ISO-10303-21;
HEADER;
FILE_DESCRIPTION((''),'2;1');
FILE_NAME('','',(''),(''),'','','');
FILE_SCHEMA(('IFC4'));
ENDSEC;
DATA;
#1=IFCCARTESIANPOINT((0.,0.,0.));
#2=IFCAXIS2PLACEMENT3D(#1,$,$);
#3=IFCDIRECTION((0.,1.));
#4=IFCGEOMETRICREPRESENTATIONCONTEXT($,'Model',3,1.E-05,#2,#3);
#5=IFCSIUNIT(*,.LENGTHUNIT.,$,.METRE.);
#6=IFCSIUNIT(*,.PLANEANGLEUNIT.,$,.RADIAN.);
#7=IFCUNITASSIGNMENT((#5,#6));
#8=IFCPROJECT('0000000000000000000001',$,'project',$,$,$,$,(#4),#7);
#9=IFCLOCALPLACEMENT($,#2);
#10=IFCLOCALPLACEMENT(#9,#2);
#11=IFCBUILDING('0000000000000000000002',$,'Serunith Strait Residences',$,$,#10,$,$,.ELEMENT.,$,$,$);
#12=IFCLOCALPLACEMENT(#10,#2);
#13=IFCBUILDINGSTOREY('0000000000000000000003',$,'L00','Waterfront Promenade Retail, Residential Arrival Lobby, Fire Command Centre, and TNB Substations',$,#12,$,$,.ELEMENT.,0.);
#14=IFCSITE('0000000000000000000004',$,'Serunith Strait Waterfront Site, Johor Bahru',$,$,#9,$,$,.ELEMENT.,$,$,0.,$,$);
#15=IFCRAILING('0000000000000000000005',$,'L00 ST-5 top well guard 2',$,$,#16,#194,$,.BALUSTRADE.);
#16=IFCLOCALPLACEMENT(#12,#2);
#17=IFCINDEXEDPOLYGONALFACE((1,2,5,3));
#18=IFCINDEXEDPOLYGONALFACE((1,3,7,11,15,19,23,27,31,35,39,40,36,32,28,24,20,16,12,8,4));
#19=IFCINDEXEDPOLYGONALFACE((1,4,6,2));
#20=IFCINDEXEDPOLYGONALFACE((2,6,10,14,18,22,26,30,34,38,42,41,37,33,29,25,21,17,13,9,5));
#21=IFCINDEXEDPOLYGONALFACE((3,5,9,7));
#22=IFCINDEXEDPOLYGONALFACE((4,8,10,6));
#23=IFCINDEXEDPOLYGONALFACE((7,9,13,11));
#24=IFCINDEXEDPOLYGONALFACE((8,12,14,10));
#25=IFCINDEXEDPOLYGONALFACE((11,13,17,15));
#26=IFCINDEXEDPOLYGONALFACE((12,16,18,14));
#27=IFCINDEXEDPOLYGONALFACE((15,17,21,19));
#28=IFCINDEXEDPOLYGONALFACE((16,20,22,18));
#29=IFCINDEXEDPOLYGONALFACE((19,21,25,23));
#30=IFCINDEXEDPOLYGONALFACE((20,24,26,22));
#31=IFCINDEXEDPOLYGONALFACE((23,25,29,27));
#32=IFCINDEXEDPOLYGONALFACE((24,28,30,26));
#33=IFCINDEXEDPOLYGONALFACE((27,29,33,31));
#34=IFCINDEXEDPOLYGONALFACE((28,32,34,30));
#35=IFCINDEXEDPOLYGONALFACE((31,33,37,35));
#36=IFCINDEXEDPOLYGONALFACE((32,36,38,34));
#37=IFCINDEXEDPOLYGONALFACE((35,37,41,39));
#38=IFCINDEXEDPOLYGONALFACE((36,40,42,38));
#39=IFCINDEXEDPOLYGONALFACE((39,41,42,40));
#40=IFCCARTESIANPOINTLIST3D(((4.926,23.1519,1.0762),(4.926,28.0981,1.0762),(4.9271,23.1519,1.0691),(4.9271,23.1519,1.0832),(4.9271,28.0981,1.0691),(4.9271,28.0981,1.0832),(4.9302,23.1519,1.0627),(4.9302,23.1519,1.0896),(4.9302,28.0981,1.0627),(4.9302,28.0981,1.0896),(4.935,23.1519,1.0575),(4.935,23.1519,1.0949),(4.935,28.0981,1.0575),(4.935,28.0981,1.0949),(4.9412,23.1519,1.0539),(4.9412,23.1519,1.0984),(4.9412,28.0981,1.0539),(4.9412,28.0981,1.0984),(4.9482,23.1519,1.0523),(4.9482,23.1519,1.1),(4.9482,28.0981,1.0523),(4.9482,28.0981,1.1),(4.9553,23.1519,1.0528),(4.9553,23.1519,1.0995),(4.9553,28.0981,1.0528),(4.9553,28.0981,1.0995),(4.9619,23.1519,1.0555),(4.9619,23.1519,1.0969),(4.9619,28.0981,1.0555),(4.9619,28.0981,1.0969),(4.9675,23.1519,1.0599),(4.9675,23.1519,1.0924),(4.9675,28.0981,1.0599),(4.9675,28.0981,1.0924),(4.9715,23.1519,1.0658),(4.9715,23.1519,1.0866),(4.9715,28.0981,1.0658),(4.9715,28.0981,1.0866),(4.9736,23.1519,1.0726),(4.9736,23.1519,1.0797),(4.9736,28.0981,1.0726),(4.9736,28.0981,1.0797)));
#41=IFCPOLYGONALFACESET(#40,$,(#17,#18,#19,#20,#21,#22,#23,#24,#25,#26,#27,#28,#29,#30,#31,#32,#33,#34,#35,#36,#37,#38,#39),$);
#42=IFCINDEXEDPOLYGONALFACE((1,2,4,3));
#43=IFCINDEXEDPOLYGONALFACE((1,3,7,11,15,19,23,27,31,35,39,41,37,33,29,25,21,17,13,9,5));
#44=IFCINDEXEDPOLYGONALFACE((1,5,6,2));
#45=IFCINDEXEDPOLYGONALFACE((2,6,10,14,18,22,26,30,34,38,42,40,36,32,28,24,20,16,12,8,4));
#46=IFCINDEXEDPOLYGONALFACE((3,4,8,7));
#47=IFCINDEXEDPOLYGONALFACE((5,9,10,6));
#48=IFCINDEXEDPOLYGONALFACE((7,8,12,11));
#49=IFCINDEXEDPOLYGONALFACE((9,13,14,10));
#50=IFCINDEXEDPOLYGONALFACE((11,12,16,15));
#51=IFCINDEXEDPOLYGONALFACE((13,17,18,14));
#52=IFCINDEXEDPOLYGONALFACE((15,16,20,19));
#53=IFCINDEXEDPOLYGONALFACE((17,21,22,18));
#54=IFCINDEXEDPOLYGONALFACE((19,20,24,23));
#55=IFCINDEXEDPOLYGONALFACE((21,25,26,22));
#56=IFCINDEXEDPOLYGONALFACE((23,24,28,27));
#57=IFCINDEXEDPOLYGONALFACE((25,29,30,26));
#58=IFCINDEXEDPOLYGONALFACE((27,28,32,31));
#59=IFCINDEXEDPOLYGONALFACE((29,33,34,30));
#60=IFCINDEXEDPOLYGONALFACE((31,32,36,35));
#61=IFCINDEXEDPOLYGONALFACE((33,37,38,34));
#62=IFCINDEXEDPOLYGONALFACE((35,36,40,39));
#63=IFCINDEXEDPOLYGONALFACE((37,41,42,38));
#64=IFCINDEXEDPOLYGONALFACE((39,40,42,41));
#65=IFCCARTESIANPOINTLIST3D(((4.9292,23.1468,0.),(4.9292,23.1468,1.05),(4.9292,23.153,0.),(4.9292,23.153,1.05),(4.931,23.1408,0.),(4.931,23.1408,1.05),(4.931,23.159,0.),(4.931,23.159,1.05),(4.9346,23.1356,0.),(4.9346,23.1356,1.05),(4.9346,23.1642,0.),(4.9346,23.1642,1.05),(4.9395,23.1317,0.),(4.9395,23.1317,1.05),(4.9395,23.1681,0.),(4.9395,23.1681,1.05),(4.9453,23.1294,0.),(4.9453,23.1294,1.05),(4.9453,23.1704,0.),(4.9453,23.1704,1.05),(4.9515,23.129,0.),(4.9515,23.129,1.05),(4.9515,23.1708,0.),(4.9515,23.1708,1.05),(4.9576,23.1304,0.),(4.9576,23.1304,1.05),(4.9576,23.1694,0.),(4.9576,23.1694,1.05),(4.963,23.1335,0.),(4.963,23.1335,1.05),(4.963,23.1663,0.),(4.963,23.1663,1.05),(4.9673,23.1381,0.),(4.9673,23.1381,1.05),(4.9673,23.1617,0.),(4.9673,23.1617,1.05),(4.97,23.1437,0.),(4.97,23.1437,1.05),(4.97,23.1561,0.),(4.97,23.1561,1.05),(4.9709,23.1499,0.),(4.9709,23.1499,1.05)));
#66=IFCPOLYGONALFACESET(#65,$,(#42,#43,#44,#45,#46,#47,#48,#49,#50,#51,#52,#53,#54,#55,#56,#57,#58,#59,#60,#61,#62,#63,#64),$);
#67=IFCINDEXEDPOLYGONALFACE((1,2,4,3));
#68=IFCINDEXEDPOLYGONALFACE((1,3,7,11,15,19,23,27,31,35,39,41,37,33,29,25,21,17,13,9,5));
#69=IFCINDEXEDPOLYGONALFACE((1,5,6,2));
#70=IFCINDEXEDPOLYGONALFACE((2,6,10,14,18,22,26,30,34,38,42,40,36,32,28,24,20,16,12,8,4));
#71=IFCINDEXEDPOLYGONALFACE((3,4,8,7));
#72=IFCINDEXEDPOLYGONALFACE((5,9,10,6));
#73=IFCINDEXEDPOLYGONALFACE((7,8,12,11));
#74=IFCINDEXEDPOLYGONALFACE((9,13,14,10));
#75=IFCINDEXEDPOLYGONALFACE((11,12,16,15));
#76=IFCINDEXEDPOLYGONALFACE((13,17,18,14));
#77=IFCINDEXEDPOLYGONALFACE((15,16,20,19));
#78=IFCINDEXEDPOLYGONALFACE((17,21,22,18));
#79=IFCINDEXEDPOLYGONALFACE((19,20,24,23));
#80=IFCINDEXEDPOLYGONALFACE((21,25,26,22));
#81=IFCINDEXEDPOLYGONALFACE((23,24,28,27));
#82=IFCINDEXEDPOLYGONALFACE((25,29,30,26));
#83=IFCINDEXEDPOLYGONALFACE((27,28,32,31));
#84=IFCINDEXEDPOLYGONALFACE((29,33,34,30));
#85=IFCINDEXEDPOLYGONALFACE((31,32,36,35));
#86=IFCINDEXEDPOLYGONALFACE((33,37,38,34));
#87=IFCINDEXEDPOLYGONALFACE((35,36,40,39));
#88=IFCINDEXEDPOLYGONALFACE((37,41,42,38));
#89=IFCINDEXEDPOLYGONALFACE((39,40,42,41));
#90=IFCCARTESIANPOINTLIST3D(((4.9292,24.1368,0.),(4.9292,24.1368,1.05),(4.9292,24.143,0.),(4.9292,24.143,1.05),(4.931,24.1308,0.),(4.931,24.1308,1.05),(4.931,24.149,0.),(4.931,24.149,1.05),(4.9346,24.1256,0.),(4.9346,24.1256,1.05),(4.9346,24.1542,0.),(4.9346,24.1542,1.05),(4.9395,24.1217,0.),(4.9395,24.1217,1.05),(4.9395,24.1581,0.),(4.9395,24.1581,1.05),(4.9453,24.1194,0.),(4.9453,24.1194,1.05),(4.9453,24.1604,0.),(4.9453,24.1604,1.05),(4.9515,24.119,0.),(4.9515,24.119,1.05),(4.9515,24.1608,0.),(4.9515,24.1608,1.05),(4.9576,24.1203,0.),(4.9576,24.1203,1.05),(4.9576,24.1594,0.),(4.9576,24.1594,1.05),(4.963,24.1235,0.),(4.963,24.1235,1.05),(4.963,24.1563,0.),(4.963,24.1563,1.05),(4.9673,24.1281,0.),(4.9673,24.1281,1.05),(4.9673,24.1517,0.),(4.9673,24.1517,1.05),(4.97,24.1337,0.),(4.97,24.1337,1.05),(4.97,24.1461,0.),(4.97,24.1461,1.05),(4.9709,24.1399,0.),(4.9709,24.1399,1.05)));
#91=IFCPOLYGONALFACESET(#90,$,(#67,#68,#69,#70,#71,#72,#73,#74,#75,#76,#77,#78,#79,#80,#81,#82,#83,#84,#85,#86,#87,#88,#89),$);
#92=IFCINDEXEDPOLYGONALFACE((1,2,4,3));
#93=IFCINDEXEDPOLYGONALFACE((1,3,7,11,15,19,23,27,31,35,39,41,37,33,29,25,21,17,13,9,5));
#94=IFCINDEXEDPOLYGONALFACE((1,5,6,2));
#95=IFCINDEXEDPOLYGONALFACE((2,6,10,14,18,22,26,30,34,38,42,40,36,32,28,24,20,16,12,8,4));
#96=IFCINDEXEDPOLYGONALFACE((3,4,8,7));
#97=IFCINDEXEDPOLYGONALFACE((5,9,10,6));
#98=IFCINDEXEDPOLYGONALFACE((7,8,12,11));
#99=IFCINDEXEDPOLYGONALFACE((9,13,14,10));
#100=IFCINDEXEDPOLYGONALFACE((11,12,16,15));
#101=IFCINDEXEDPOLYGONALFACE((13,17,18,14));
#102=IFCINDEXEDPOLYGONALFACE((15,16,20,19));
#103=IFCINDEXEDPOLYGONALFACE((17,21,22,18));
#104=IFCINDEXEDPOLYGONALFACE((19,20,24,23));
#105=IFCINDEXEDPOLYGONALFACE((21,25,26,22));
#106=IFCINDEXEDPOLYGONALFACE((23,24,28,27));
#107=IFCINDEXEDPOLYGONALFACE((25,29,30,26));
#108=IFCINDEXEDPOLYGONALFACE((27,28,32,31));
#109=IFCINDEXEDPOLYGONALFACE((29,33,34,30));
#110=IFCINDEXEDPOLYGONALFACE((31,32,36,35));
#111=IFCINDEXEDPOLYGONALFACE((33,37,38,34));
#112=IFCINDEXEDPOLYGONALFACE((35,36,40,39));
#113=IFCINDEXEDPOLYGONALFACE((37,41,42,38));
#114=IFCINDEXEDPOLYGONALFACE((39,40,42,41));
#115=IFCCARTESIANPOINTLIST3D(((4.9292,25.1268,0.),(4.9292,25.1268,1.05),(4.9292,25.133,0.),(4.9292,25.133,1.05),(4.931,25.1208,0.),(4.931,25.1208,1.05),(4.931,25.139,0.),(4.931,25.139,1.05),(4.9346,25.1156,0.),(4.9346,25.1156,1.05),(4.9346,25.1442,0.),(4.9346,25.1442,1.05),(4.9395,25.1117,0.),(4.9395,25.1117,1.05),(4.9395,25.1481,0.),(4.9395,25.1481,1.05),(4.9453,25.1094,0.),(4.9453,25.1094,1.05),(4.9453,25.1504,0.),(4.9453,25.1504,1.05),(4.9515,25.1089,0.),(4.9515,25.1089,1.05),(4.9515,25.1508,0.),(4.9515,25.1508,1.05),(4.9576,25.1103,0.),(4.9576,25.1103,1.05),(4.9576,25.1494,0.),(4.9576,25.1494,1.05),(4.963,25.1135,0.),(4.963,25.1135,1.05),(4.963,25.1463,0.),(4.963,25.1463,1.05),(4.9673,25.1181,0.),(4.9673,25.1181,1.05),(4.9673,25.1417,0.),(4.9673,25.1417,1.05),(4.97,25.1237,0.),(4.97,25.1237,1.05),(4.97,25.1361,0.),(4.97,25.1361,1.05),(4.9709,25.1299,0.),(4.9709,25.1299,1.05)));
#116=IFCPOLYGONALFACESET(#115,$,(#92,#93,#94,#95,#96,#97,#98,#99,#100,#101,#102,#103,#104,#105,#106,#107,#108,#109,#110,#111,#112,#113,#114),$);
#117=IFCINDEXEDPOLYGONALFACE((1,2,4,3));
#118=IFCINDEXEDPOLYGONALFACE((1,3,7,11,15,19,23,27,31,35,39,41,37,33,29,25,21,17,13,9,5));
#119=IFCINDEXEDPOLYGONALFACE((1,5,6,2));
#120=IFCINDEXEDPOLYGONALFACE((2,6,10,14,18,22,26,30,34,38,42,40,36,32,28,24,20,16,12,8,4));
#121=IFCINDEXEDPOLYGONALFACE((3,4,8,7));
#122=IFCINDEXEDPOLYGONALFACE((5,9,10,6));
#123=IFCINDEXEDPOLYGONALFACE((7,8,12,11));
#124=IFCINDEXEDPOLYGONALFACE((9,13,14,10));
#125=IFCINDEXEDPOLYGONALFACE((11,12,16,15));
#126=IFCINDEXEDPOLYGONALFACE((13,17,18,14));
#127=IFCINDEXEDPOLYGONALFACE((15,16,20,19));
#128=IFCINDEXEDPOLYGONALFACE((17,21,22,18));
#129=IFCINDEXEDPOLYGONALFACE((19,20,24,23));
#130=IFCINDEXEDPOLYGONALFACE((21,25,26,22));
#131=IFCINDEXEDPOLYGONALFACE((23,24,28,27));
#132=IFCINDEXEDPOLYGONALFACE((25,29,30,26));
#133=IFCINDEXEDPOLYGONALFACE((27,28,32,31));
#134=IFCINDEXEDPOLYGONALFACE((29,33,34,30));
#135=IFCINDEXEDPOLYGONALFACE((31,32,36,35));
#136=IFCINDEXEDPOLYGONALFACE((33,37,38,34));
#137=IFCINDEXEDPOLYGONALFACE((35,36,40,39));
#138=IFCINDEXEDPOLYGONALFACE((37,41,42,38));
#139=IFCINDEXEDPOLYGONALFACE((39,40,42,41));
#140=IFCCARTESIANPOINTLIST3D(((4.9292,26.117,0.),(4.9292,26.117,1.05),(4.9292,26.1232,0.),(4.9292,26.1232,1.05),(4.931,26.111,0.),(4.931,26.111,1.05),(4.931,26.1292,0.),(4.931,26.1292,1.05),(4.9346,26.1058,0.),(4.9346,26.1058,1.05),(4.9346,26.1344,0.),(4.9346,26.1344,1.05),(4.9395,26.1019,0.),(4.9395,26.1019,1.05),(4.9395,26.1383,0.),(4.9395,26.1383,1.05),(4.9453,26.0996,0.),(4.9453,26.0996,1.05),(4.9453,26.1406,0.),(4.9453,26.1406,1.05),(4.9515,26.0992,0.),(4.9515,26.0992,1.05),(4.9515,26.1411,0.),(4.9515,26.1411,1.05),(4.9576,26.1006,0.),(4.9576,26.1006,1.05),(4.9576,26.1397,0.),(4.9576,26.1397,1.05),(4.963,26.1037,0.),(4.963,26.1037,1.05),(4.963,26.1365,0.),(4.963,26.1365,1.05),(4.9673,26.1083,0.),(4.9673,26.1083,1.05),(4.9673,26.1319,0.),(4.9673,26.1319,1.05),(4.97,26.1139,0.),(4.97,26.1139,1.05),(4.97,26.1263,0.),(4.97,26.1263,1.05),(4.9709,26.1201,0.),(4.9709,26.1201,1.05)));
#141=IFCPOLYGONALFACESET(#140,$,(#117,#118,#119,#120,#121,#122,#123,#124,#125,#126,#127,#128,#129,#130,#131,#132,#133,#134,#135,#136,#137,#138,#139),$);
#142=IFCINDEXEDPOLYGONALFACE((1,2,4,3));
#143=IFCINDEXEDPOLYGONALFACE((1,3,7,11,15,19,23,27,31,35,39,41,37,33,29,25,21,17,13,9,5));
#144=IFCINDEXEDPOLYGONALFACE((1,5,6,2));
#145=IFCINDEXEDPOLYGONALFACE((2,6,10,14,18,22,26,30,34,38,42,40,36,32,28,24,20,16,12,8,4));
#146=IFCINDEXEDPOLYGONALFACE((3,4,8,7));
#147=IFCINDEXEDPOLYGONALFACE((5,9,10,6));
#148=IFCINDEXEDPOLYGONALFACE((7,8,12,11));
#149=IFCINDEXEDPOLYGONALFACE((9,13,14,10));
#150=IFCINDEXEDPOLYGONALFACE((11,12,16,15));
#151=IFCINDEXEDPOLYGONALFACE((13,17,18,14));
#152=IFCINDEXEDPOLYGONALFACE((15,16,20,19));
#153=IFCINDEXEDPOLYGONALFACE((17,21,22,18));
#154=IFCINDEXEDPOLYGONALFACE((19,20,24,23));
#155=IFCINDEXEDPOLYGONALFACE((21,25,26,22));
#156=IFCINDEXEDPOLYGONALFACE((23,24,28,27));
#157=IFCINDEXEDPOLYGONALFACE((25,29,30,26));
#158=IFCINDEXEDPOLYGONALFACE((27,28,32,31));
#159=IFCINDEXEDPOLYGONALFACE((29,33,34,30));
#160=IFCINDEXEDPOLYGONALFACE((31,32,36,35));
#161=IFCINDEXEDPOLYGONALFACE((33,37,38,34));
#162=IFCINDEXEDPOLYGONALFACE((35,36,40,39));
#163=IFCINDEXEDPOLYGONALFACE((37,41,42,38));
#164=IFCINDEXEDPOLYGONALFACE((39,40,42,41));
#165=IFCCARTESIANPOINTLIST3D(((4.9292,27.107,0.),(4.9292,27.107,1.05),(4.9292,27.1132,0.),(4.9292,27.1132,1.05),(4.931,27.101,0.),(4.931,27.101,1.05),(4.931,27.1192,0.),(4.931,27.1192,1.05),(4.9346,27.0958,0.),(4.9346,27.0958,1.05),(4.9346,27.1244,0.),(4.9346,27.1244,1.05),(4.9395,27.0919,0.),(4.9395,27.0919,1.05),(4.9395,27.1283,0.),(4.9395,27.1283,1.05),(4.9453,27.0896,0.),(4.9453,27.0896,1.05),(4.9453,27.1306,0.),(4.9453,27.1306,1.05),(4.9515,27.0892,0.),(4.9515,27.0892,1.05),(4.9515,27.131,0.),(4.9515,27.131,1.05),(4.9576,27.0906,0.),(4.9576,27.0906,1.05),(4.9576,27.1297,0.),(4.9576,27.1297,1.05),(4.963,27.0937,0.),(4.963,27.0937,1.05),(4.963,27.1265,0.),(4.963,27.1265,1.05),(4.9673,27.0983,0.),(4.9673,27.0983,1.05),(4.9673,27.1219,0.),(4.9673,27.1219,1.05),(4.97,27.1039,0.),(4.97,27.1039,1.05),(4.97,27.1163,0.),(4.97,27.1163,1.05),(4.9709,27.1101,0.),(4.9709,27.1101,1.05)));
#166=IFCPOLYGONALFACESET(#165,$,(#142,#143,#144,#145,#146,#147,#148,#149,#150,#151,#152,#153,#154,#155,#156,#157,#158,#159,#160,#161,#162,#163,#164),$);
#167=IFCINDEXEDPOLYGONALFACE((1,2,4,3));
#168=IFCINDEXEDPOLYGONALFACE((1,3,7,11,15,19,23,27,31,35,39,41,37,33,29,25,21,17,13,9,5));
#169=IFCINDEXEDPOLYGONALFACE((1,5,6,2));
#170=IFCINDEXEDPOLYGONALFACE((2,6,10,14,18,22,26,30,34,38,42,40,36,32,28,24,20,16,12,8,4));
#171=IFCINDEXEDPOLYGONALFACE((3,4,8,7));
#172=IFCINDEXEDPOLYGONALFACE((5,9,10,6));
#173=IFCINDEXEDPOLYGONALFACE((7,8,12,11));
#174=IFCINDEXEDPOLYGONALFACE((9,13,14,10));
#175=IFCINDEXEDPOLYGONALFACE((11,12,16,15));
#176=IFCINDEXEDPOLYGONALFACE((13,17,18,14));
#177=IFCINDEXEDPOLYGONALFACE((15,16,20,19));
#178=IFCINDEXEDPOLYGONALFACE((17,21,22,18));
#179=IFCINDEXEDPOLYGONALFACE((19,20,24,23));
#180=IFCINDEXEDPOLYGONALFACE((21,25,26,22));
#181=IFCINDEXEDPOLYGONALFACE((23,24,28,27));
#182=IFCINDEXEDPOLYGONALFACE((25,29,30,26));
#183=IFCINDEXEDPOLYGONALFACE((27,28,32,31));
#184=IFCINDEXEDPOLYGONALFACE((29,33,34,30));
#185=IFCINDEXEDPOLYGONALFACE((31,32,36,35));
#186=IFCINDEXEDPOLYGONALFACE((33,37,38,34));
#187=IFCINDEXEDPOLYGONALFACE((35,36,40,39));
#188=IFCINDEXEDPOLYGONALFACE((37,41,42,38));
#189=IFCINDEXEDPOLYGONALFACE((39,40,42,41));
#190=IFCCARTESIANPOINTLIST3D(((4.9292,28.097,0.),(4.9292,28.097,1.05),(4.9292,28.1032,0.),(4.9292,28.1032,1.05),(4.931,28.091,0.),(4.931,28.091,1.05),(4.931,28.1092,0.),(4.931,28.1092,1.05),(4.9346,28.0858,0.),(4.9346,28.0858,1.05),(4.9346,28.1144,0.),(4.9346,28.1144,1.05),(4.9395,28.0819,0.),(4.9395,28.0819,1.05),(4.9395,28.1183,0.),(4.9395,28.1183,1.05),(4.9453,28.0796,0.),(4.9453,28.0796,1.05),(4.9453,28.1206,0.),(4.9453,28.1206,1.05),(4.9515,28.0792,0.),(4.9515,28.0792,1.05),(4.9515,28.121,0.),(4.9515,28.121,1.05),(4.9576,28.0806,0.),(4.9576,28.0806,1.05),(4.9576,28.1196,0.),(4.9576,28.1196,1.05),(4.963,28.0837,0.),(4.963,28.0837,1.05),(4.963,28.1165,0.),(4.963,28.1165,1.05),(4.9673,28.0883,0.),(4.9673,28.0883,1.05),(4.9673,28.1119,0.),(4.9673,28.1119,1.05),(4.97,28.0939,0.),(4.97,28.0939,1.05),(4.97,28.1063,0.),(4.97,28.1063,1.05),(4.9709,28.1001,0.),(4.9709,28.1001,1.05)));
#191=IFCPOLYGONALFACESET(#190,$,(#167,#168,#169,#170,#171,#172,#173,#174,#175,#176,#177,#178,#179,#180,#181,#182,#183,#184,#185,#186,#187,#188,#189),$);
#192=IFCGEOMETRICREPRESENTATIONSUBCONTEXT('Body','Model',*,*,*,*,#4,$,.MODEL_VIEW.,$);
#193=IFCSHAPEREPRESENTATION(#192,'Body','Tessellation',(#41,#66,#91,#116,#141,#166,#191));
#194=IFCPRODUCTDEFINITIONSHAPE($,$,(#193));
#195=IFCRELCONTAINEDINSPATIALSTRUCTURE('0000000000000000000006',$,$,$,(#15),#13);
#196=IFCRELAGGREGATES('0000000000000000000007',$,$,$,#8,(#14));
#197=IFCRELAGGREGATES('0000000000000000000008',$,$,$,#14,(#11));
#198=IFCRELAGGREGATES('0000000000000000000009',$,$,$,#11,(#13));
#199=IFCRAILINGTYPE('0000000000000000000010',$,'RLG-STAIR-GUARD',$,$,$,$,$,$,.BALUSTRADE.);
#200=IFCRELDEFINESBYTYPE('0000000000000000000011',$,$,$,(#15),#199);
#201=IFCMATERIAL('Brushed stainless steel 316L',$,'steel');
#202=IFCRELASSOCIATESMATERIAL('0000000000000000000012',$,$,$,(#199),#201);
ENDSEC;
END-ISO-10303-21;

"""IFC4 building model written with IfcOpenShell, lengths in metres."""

from ifc_helpers import new_model, si_unit, direction, frame, origin, origin_2d, place, context, subcontext, project, spatial, circle, extrude, material, type_object, element, save


model = new_model("IFC4")

# Units and contexts
model_context = context("Model", 3, precision=1e-05, world=origin(), true_north=direction((0.0, 1.0)))
body_context = subcontext(model_context, "Body", "Model", "MODEL_VIEW")
ifc_project = project(units=[si_unit("LENGTHUNIT", "METRE"), si_unit("PLANEANGLEUNIT", "RADIAN")], contexts=[model_context])

# Site, building, storey
site_placement = place(None, origin())
site = spatial("IfcSite", under=ifc_project, at=site_placement, Name="Serunith Strait Waterfront Site, Johor Bahru", CompositionType="ELEMENT", RefElevation=0.0)
building_placement = place(site_placement, origin())
building = spatial("IfcBuilding", under=site, at=building_placement, Name="Serunith Strait Residences", CompositionType="ELEMENT")
storey_placement = place(building_placement, origin())
storey = spatial("IfcBuildingStorey", under=building, at=storey_placement, Name="L00", Description="Waterfront Promenade Retail, Residential Arrival Lobby, Fire Command Centre, and TNB Substations", CompositionType="ELEMENT", Elevation=0.0)

# Railing
ifc_material_1 = material(Name="Brushed stainless steel 316L", Category="steel")
railing_type = type_object("IfcRailingType", Name="RLG-STAIR-GUARD", PredefinedType="BALUSTRADE", material=ifc_material_1)
for number, where, name in (
    (1, (4.95, 23.1499, 0.0), "L00 ST-5 top well guard 2"),
):
    element("IfcRailing", number, at=place(storey_placement, frame(where)), inside=storey, type_object=railing_type, Name=name, PredefinedType="BALUSTRADE", context=body_context, shape_type="SweptSolid", body=[
        extrude(circle(Radius=0.0239, at=origin_2d()), frame((0.0, 0.002, 1.0762), z_axis=(0.0, 1.0, 0.0), x_axis=(-1.0, 0.0, 0.0)), (0.0, 0.0, 1.0), 4.9463),
        extrude(circle(Radius=0.021, at=origin_2d()), origin(), (0.0, 0.0, 1.0), 1.05),
        extrude(circle(Radius=0.021, at=origin_2d()), frame((0.0, 0.99, 0.0)), (0.0, 0.0, 1.0), 1.05),
        extrude(circle(Radius=0.021, at=origin_2d()), frame((0.0, 1.98, 0.0)), (0.0, 0.0, 1.0), 1.05),
        extrude(circle(Radius=0.021, at=origin_2d()), frame((0.0, 2.9702, 0.0)), (0.0, 0.0, 1.0), 1.05),
        extrude(circle(Radius=0.021, at=origin_2d()), frame((0.0, 3.9602, 0.0)), (0.0, 0.0, 1.0), 1.05),
        extrude(circle(Radius=0.021, at=origin_2d()), frame((0.0, 4.9502, 0.0)), (0.0, 0.0, 1.0), 1.05),
    ])

save(model, "model.ifc")
